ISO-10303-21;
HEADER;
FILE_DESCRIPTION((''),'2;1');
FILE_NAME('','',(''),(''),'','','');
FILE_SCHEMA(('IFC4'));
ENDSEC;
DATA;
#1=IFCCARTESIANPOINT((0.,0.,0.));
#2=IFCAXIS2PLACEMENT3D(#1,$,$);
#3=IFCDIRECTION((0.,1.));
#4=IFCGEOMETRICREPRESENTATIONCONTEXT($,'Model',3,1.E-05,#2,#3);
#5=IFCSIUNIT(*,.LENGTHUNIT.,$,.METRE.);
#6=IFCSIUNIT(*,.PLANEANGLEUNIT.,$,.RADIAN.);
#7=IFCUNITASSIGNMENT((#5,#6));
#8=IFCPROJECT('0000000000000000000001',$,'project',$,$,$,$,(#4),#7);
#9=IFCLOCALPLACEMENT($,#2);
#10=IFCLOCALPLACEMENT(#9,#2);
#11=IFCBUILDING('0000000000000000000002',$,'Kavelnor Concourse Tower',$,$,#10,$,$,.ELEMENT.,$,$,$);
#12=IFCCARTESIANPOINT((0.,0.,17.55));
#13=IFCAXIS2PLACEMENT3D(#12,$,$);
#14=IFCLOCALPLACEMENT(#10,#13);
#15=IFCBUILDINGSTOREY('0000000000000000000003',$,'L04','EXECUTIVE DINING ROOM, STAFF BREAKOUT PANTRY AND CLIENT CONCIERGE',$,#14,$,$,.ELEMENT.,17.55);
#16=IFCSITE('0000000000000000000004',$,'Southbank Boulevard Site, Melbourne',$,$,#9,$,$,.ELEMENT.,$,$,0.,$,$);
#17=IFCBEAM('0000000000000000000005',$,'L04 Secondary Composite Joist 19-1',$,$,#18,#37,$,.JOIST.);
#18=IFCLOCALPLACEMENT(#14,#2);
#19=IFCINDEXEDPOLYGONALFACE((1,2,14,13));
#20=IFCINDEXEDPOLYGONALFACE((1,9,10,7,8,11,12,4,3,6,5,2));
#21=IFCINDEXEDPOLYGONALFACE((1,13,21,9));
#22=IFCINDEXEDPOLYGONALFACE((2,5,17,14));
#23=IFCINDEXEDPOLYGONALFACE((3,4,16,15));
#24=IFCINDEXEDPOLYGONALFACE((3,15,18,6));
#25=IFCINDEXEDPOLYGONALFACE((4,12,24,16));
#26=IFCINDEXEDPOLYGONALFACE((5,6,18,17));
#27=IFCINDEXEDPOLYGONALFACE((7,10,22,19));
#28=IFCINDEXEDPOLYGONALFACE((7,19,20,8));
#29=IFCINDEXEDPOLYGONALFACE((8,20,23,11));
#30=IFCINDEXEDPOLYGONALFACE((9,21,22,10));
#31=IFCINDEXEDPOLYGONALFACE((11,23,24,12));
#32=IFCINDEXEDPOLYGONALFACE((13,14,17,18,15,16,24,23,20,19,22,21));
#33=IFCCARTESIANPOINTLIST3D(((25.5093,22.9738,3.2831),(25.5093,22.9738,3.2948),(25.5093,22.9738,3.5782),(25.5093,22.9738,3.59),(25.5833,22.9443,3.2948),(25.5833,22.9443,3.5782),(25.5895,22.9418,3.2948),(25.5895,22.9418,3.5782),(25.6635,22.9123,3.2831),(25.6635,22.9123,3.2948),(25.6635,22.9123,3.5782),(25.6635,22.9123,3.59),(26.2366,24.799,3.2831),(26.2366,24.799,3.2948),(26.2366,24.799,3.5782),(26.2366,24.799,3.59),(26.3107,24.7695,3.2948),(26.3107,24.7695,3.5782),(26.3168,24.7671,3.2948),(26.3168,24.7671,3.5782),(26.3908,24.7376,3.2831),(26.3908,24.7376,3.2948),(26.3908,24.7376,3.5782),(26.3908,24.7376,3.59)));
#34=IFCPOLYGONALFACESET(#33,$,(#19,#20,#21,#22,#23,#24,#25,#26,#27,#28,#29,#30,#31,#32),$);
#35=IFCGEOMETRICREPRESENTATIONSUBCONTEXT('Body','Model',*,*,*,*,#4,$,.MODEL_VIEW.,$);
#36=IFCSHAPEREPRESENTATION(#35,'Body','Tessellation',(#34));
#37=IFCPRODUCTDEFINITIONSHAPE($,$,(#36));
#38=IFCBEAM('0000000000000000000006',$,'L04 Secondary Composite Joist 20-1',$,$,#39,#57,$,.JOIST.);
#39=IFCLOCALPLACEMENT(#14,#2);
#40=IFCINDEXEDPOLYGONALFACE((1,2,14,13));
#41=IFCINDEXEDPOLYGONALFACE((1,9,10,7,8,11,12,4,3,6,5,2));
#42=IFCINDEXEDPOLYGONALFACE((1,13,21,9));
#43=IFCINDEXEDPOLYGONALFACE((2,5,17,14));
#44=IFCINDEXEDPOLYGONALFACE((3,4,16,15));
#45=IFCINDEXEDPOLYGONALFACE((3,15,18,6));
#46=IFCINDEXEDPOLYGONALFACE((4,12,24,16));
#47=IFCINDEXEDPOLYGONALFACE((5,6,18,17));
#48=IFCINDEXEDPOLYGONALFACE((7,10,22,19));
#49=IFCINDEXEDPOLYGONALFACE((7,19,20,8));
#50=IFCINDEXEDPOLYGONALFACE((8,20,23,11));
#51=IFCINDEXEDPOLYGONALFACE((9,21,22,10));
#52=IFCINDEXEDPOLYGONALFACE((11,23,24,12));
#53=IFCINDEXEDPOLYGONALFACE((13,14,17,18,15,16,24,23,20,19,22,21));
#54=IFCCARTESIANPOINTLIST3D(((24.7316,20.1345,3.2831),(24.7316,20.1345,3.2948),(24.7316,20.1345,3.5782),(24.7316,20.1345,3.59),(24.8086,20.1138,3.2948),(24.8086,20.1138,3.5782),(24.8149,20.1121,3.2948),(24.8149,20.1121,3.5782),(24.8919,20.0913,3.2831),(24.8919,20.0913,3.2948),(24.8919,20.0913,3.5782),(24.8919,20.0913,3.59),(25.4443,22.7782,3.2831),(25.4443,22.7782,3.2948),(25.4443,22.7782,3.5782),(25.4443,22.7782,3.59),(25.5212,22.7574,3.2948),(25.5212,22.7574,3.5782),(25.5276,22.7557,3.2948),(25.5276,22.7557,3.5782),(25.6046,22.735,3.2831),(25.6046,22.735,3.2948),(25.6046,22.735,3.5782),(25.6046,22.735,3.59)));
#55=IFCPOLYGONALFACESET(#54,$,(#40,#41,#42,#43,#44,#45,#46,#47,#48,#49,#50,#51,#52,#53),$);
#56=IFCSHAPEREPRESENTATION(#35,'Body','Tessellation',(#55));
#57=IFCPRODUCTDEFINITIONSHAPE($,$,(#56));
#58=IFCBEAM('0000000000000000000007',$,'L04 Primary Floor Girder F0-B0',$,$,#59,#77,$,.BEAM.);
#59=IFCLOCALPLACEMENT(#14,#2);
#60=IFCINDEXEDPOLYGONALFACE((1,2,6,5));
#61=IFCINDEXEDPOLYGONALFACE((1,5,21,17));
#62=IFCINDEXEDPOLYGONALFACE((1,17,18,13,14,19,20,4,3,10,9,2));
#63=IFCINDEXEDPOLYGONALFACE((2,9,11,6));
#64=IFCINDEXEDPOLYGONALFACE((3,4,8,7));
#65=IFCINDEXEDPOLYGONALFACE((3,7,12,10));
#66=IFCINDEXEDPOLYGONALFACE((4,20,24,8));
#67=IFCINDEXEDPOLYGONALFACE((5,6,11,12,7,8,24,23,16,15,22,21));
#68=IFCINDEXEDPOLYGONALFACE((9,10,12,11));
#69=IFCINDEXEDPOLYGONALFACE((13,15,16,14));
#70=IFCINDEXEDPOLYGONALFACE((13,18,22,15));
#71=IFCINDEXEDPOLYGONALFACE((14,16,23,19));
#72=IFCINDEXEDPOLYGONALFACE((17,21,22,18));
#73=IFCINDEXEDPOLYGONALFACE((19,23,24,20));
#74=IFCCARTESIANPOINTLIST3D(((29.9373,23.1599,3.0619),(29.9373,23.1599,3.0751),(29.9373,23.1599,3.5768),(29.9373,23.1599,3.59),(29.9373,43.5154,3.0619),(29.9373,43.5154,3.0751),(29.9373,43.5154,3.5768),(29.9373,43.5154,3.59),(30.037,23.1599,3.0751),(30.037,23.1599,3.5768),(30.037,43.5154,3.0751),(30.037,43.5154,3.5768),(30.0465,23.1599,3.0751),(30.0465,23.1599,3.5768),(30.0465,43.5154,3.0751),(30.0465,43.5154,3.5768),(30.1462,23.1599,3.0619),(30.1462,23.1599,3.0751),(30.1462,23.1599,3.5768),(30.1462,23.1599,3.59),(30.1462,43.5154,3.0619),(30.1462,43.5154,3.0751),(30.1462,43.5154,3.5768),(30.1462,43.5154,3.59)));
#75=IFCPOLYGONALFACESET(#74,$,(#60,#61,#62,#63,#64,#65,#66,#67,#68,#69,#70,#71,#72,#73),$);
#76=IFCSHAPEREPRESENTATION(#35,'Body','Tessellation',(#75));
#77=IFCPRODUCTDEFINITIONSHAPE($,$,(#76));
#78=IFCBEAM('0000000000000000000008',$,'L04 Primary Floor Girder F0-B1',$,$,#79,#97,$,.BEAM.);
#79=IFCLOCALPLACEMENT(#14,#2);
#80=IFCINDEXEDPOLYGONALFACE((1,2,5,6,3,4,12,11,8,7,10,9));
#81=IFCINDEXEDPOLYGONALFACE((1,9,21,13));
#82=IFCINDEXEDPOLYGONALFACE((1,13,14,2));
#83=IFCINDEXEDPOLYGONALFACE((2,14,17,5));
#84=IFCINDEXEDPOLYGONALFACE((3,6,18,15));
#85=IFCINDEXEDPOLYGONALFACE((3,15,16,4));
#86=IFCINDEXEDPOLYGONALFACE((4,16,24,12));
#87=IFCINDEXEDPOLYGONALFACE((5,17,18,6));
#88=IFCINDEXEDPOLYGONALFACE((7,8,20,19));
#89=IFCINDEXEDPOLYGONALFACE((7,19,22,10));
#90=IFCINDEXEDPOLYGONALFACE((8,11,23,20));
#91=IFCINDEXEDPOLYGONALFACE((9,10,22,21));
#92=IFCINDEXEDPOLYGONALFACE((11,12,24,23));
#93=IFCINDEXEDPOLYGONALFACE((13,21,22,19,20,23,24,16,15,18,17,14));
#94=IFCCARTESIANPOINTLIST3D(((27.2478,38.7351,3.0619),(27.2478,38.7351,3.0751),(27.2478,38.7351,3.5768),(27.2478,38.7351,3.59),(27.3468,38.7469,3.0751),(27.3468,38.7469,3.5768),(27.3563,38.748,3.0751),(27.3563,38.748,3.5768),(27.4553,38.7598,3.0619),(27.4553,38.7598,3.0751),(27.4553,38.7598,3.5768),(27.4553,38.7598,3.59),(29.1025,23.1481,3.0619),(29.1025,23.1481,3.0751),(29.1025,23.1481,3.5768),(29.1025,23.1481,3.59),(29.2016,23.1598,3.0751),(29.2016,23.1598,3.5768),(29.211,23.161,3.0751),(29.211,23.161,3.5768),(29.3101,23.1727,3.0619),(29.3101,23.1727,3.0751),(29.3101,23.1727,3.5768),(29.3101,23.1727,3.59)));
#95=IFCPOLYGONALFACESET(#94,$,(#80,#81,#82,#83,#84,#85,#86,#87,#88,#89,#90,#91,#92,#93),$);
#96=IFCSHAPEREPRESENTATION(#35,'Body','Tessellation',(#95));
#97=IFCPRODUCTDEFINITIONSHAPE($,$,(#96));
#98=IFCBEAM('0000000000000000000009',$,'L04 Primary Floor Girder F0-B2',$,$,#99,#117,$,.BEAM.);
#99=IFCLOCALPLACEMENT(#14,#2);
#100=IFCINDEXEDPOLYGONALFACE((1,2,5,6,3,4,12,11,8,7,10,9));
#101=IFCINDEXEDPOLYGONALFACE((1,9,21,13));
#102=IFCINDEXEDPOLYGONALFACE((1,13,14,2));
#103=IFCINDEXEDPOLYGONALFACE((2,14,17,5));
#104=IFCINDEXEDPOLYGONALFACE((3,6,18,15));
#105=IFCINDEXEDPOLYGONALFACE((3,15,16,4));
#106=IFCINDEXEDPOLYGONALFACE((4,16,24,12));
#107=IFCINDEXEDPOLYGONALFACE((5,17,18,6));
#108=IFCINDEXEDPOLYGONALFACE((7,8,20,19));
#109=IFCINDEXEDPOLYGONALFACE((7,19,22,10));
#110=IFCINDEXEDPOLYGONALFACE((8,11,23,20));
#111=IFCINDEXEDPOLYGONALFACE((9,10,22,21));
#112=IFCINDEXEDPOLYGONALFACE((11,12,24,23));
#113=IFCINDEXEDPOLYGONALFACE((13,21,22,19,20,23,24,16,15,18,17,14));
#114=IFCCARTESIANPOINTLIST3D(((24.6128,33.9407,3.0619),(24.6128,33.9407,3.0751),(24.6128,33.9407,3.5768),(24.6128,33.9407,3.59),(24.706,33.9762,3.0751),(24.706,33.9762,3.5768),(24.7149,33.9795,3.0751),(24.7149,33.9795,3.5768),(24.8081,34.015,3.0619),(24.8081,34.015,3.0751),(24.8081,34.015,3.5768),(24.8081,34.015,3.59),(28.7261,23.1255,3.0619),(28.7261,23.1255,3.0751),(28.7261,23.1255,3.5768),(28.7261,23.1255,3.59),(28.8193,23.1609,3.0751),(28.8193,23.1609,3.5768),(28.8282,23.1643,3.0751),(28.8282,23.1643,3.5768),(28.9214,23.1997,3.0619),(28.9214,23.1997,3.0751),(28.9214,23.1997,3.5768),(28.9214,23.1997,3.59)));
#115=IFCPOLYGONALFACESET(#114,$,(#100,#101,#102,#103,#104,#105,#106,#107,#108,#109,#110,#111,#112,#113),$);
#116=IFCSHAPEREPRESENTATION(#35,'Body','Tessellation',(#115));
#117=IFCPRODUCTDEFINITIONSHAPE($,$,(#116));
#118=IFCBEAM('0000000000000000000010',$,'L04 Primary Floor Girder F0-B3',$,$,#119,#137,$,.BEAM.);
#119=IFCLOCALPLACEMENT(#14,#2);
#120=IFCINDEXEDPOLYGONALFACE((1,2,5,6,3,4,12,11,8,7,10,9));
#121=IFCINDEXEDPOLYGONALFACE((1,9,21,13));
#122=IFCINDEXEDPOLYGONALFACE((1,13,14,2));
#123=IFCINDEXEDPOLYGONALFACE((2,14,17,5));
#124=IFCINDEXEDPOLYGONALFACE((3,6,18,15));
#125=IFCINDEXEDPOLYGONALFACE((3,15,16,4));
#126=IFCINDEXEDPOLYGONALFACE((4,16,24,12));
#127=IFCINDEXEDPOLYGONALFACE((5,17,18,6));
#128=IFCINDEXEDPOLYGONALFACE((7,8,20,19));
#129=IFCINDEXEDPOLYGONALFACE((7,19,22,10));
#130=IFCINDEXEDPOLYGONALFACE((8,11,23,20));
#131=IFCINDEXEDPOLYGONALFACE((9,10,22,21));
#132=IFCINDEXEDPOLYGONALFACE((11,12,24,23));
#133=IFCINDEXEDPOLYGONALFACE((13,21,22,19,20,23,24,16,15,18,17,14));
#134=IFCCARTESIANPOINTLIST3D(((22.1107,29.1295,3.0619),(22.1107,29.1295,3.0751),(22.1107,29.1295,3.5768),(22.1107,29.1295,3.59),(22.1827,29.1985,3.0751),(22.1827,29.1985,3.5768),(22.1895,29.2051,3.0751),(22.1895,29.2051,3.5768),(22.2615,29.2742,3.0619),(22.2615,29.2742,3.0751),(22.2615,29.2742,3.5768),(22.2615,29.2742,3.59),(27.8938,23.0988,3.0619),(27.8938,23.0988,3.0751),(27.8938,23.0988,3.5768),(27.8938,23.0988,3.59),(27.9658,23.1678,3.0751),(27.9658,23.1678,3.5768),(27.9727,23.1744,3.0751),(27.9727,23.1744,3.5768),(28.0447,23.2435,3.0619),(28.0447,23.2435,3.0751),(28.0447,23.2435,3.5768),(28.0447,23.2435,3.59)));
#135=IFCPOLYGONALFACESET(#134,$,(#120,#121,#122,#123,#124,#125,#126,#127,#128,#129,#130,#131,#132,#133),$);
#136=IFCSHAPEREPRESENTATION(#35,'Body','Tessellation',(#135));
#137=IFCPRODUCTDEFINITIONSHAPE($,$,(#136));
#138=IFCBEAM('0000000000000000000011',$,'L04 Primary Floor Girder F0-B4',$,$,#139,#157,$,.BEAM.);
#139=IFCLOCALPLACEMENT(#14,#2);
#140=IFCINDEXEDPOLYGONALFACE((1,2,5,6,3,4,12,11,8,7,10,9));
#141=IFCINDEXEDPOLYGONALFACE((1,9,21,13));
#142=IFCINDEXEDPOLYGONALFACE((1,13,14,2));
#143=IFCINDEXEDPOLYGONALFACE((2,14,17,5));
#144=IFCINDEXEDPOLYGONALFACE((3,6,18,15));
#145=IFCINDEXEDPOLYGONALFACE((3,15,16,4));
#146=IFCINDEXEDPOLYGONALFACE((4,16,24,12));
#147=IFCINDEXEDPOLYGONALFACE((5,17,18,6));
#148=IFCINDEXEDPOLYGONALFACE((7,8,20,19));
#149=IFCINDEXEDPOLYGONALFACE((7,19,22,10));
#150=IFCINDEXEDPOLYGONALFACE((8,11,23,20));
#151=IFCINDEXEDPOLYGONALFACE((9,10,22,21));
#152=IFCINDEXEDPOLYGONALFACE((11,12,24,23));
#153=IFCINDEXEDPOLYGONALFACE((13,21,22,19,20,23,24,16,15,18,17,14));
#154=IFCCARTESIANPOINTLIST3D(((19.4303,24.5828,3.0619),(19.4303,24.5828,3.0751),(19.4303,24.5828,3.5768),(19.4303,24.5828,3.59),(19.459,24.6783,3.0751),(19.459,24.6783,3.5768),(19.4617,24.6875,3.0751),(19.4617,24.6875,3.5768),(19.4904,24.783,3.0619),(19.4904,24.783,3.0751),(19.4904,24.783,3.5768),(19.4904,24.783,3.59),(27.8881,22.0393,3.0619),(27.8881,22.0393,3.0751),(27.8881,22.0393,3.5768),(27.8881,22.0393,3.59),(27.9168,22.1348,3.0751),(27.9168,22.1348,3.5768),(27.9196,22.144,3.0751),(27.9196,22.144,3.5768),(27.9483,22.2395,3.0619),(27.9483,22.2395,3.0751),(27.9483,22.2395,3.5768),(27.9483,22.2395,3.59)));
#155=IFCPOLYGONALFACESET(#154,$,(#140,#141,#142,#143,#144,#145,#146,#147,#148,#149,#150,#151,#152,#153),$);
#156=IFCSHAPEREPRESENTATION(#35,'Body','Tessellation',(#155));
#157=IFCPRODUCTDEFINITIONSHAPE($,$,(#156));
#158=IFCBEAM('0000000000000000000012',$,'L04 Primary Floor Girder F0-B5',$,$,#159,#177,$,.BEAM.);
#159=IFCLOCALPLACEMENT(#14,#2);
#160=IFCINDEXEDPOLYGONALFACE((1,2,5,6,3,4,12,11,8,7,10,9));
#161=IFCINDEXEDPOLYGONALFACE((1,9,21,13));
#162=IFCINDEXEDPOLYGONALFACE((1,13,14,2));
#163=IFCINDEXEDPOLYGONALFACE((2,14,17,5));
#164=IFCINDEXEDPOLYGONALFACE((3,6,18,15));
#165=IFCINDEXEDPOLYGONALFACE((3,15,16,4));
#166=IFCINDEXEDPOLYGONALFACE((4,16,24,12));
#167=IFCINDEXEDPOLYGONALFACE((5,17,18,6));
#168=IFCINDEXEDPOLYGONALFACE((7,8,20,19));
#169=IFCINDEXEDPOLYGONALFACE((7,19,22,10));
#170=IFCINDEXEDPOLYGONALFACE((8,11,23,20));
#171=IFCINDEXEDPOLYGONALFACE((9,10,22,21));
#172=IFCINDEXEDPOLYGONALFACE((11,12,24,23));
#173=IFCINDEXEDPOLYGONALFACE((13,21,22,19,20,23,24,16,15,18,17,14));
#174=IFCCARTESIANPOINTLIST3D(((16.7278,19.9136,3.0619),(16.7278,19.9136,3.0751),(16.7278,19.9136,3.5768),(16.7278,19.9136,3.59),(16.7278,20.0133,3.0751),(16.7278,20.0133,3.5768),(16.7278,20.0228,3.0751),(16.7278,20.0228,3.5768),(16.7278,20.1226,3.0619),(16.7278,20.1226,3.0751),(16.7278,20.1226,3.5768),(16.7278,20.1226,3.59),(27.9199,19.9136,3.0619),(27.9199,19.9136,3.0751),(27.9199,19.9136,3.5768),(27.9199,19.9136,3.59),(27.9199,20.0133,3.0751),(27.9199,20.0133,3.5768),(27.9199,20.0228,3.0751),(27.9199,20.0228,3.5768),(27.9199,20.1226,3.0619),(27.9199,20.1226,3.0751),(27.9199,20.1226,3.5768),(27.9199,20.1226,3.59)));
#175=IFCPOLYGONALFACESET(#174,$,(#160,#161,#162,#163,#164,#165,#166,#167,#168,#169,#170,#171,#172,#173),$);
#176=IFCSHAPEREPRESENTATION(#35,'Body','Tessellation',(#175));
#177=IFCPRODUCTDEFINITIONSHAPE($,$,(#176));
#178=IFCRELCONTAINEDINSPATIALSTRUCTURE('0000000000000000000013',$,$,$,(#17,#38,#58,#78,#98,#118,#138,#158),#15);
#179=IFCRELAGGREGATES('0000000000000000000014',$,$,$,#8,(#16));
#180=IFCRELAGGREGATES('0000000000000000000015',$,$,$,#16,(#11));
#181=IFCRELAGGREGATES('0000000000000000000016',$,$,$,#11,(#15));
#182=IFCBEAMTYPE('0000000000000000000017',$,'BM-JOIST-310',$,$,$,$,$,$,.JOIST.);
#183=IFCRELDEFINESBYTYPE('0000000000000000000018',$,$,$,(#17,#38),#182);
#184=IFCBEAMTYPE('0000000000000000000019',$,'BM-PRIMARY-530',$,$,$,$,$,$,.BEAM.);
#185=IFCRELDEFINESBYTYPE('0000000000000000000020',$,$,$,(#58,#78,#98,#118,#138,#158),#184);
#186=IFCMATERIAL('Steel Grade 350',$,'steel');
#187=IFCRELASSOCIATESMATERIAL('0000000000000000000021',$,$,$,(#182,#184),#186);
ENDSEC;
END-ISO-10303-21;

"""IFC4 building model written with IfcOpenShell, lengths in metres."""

from ifc_helpers import new_model, si_unit, direction, frame, origin, origin_2d, place, context, subcontext, project, spatial, i_section, extrude, material, material_profile, profile_set, type_object, element, save


model = new_model("IFC4")

# Units and contexts
model_context = context("Model", 3, precision=1e-05, world=origin(), true_north=direction((0.0, 1.0)))
body_context = subcontext(model_context, "Body", "Model", "MODEL_VIEW")
ifc_project = project(units=[si_unit("LENGTHUNIT", "METRE"), si_unit("PLANEANGLEUNIT", "RADIAN")], contexts=[model_context])

# Site, building, storey
site_placement = place(None, origin())
site = spatial("IfcSite", under=ifc_project, at=site_placement, Name="Southbank Boulevard Site, Melbourne", CompositionType="ELEMENT", RefElevation=0.0)
building_placement = place(site_placement, origin())
building = spatial("IfcBuilding", under=site, at=building_placement, Name="Kavelnor Concourse Tower", CompositionType="ELEMENT")
storey_placement = place(building_placement, frame((0.0, 0.0, 17.55)))
storey = spatial("IfcBuildingStorey", under=building, at=storey_placement, Name="L04", Description="EXECUTIVE DINING ROOM, STAFF BREAKOUT PANTRY AND CLIENT CONCIERGE", CompositionType="ELEMENT", Elevation=17.55)

# Beams
ifc_material_1 = material(Name="Steel Grade 350", Category="steel")
ifc_material_profile_1 = material_profile(ifc_material_1, i_section(OverallWidth=0.166, OverallDepth=0.3069, WebThickness=0.0066, FlangeThickness=0.0117, at=origin_2d()), Name="310UB46")
ifc_profile_set_1 = profile_set([ifc_material_profile_1], Name="Steel Grade 350")
beam_type_1 = type_object("IfcBeamType", Name="BM-JOIST-310", PredefinedType="JOIST", material=ifc_profile_set_1)
beam_1_placement = place(storey_placement, frame((26.3137, 24.7683, 3.4365), z_axis=(-0.370169, -0.928964, 0.0), x_axis=(0.928964, -0.370169, 0.0)))
element("IfcBeam", 1, at=beam_1_placement, inside=storey, type_object=beam_type_1, Name="L04 Secondary Composite Joist 19-1", PredefinedType="JOIST", context=body_context, shape_type="SweptSolid", body=[
    extrude(i_section(OverallWidth=0.166, OverallDepth=0.3069, WebThickness=0.0066, FlangeThickness=0.0117, at=origin_2d()), origin(), (0.0, 0.0, 1.0), 1.9648),
])
beam_2_placement = place(storey_placement, frame((25.5244, 22.7566, 3.4365), z_axis=(-0.260287, -0.965531, 0.0), x_axis=(0.965531, -0.260287, 0.0)))
element("IfcBeam", 2, at=beam_2_placement, inside=storey, type_object=beam_type_1, Name="L04 Secondary Composite Joist 20-1", PredefinedType="JOIST", context=body_context, shape_type="SweptSolid", body=[
    extrude(i_section(OverallWidth=0.166, OverallDepth=0.3069, WebThickness=0.0066, FlangeThickness=0.0117, at=origin_2d()), origin(), (0.0, 0.0, 1.0), 2.738),
])
ifc_material_profile_2 = material_profile(ifc_material_1, i_section(OverallWidth=0.209, OverallDepth=0.5281, WebThickness=0.0095, FlangeThickness=0.0132, at=origin_2d()), Name="530UB82")
ifc_profile_set_2 = profile_set([ifc_material_profile_2], Name="Steel Grade 350")
beam_type_2 = type_object("IfcBeamType", Name="BM-PRIMARY-530", PredefinedType="BEAM", material=ifc_profile_set_2)
beam_3_placement = place(storey_placement, frame((30.0417, 23.1599, 3.3259), z_axis=(0.0, 1.0, 0.0), x_axis=(-1.0, 0.0, 0.0)))
element("IfcBeam", 3, at=beam_3_placement, inside=storey, type_object=beam_type_2, Name="L04 Primary Floor Girder F0-B0", PredefinedType="BEAM", context=body_context, shape_type="SweptSolid", body=[
    extrude(i_section(OverallWidth=0.209, OverallDepth=0.5281, WebThickness=0.0095, FlangeThickness=0.0132, at=origin_2d()), origin(), (0.0, 0.0, 1.0), 20.3555),
])
beam_4_placement = place(storey_placement, frame((29.2063, 23.1604, 3.3259), z_axis=(-0.118158, 0.992995, 0.0), x_axis=(-0.992995, -0.118158, 0.0)))
element("IfcBeam", 4, at=beam_4_placement, inside=storey, type_object=beam_type_2, Name="L04 Primary Floor Girder F0-B1", PredefinedType="BEAM", context=body_context, shape_type="SweptSolid", body=[
    extrude(i_section(OverallWidth=0.209, OverallDepth=0.5281, WebThickness=0.0095, FlangeThickness=0.0132, at=origin_2d()), origin(), (0.0, 0.0, 1.0), 15.697),
])
beam_5_placement = place(storey_placement, frame((28.8237, 23.1626, 3.3259), z_axis=(-0.355483, 0.934683, 0.0), x_axis=(-0.934683, -0.355483, 0.0)))
element("IfcBeam", 5, at=beam_5_placement, inside=storey, type_object=beam_type_2, Name="L04 Primary Floor Girder F0-B2", PredefinedType="BEAM", context=body_context, shape_type="SweptSolid", body=[
    extrude(i_section(OverallWidth=0.209, OverallDepth=0.5281, WebThickness=0.0095, FlangeThickness=0.0132, at=origin_2d()), origin(), (0.0, 0.0, 1.0), 11.571),
])
beam_6_placement = place(storey_placement, frame((27.9692, 23.1711, 3.3259), z_axis=(-0.692138, 0.721766, 0.0), x_axis=(-0.721766, -0.692138, 0.0)))
element("IfcBeam", 6, at=beam_6_placement, inside=storey, type_object=beam_type_2, Name="L04 Primary Floor Girder F0-B3", PredefinedType="BEAM", context=body_context, shape_type="SweptSolid", body=[
    extrude(i_section(OverallWidth=0.209, OverallDepth=0.5281, WebThickness=0.0095, FlangeThickness=0.0132, at=origin_2d()), origin(), (0.0, 0.0, 1.0), 8.3555),
])
beam_7_placement = place(storey_placement, frame((27.9182, 22.1394, 3.3259), z_axis=(-0.957635, 0.287984, 0.0), x_axis=(-0.287984, -0.957635, 0.0)))
element("IfcBeam", 7, at=beam_7_placement, inside=storey, type_object=beam_type_2, Name="L04 Primary Floor Girder F0-B4", PredefinedType="BEAM", context=body_context, shape_type="SweptSolid", body=[
    extrude(i_section(OverallWidth=0.209, OverallDepth=0.5281, WebThickness=0.0095, FlangeThickness=0.0132, at=origin_2d()), origin(), (0.0, 0.0, 1.0), 8.832),
])
beam_8_placement = place(storey_placement, frame((27.9199, 20.0181, 3.3259), z_axis=(-1.0, 0.0, 0.0), x_axis=(0.0, -1.0, 0.0)))
element("IfcBeam", 8, at=beam_8_placement, inside=storey, type_object=beam_type_2, Name="L04 Primary Floor Girder F0-B5", PredefinedType="BEAM", context=body_context, shape_type="SweptSolid", body=[
    extrude(i_section(OverallWidth=0.209, OverallDepth=0.5281, WebThickness=0.0095, FlangeThickness=0.0132, at=origin_2d()), origin(), (0.0, 0.0, 1.0), 11.1921),
])

save(model, "model.ifc")
